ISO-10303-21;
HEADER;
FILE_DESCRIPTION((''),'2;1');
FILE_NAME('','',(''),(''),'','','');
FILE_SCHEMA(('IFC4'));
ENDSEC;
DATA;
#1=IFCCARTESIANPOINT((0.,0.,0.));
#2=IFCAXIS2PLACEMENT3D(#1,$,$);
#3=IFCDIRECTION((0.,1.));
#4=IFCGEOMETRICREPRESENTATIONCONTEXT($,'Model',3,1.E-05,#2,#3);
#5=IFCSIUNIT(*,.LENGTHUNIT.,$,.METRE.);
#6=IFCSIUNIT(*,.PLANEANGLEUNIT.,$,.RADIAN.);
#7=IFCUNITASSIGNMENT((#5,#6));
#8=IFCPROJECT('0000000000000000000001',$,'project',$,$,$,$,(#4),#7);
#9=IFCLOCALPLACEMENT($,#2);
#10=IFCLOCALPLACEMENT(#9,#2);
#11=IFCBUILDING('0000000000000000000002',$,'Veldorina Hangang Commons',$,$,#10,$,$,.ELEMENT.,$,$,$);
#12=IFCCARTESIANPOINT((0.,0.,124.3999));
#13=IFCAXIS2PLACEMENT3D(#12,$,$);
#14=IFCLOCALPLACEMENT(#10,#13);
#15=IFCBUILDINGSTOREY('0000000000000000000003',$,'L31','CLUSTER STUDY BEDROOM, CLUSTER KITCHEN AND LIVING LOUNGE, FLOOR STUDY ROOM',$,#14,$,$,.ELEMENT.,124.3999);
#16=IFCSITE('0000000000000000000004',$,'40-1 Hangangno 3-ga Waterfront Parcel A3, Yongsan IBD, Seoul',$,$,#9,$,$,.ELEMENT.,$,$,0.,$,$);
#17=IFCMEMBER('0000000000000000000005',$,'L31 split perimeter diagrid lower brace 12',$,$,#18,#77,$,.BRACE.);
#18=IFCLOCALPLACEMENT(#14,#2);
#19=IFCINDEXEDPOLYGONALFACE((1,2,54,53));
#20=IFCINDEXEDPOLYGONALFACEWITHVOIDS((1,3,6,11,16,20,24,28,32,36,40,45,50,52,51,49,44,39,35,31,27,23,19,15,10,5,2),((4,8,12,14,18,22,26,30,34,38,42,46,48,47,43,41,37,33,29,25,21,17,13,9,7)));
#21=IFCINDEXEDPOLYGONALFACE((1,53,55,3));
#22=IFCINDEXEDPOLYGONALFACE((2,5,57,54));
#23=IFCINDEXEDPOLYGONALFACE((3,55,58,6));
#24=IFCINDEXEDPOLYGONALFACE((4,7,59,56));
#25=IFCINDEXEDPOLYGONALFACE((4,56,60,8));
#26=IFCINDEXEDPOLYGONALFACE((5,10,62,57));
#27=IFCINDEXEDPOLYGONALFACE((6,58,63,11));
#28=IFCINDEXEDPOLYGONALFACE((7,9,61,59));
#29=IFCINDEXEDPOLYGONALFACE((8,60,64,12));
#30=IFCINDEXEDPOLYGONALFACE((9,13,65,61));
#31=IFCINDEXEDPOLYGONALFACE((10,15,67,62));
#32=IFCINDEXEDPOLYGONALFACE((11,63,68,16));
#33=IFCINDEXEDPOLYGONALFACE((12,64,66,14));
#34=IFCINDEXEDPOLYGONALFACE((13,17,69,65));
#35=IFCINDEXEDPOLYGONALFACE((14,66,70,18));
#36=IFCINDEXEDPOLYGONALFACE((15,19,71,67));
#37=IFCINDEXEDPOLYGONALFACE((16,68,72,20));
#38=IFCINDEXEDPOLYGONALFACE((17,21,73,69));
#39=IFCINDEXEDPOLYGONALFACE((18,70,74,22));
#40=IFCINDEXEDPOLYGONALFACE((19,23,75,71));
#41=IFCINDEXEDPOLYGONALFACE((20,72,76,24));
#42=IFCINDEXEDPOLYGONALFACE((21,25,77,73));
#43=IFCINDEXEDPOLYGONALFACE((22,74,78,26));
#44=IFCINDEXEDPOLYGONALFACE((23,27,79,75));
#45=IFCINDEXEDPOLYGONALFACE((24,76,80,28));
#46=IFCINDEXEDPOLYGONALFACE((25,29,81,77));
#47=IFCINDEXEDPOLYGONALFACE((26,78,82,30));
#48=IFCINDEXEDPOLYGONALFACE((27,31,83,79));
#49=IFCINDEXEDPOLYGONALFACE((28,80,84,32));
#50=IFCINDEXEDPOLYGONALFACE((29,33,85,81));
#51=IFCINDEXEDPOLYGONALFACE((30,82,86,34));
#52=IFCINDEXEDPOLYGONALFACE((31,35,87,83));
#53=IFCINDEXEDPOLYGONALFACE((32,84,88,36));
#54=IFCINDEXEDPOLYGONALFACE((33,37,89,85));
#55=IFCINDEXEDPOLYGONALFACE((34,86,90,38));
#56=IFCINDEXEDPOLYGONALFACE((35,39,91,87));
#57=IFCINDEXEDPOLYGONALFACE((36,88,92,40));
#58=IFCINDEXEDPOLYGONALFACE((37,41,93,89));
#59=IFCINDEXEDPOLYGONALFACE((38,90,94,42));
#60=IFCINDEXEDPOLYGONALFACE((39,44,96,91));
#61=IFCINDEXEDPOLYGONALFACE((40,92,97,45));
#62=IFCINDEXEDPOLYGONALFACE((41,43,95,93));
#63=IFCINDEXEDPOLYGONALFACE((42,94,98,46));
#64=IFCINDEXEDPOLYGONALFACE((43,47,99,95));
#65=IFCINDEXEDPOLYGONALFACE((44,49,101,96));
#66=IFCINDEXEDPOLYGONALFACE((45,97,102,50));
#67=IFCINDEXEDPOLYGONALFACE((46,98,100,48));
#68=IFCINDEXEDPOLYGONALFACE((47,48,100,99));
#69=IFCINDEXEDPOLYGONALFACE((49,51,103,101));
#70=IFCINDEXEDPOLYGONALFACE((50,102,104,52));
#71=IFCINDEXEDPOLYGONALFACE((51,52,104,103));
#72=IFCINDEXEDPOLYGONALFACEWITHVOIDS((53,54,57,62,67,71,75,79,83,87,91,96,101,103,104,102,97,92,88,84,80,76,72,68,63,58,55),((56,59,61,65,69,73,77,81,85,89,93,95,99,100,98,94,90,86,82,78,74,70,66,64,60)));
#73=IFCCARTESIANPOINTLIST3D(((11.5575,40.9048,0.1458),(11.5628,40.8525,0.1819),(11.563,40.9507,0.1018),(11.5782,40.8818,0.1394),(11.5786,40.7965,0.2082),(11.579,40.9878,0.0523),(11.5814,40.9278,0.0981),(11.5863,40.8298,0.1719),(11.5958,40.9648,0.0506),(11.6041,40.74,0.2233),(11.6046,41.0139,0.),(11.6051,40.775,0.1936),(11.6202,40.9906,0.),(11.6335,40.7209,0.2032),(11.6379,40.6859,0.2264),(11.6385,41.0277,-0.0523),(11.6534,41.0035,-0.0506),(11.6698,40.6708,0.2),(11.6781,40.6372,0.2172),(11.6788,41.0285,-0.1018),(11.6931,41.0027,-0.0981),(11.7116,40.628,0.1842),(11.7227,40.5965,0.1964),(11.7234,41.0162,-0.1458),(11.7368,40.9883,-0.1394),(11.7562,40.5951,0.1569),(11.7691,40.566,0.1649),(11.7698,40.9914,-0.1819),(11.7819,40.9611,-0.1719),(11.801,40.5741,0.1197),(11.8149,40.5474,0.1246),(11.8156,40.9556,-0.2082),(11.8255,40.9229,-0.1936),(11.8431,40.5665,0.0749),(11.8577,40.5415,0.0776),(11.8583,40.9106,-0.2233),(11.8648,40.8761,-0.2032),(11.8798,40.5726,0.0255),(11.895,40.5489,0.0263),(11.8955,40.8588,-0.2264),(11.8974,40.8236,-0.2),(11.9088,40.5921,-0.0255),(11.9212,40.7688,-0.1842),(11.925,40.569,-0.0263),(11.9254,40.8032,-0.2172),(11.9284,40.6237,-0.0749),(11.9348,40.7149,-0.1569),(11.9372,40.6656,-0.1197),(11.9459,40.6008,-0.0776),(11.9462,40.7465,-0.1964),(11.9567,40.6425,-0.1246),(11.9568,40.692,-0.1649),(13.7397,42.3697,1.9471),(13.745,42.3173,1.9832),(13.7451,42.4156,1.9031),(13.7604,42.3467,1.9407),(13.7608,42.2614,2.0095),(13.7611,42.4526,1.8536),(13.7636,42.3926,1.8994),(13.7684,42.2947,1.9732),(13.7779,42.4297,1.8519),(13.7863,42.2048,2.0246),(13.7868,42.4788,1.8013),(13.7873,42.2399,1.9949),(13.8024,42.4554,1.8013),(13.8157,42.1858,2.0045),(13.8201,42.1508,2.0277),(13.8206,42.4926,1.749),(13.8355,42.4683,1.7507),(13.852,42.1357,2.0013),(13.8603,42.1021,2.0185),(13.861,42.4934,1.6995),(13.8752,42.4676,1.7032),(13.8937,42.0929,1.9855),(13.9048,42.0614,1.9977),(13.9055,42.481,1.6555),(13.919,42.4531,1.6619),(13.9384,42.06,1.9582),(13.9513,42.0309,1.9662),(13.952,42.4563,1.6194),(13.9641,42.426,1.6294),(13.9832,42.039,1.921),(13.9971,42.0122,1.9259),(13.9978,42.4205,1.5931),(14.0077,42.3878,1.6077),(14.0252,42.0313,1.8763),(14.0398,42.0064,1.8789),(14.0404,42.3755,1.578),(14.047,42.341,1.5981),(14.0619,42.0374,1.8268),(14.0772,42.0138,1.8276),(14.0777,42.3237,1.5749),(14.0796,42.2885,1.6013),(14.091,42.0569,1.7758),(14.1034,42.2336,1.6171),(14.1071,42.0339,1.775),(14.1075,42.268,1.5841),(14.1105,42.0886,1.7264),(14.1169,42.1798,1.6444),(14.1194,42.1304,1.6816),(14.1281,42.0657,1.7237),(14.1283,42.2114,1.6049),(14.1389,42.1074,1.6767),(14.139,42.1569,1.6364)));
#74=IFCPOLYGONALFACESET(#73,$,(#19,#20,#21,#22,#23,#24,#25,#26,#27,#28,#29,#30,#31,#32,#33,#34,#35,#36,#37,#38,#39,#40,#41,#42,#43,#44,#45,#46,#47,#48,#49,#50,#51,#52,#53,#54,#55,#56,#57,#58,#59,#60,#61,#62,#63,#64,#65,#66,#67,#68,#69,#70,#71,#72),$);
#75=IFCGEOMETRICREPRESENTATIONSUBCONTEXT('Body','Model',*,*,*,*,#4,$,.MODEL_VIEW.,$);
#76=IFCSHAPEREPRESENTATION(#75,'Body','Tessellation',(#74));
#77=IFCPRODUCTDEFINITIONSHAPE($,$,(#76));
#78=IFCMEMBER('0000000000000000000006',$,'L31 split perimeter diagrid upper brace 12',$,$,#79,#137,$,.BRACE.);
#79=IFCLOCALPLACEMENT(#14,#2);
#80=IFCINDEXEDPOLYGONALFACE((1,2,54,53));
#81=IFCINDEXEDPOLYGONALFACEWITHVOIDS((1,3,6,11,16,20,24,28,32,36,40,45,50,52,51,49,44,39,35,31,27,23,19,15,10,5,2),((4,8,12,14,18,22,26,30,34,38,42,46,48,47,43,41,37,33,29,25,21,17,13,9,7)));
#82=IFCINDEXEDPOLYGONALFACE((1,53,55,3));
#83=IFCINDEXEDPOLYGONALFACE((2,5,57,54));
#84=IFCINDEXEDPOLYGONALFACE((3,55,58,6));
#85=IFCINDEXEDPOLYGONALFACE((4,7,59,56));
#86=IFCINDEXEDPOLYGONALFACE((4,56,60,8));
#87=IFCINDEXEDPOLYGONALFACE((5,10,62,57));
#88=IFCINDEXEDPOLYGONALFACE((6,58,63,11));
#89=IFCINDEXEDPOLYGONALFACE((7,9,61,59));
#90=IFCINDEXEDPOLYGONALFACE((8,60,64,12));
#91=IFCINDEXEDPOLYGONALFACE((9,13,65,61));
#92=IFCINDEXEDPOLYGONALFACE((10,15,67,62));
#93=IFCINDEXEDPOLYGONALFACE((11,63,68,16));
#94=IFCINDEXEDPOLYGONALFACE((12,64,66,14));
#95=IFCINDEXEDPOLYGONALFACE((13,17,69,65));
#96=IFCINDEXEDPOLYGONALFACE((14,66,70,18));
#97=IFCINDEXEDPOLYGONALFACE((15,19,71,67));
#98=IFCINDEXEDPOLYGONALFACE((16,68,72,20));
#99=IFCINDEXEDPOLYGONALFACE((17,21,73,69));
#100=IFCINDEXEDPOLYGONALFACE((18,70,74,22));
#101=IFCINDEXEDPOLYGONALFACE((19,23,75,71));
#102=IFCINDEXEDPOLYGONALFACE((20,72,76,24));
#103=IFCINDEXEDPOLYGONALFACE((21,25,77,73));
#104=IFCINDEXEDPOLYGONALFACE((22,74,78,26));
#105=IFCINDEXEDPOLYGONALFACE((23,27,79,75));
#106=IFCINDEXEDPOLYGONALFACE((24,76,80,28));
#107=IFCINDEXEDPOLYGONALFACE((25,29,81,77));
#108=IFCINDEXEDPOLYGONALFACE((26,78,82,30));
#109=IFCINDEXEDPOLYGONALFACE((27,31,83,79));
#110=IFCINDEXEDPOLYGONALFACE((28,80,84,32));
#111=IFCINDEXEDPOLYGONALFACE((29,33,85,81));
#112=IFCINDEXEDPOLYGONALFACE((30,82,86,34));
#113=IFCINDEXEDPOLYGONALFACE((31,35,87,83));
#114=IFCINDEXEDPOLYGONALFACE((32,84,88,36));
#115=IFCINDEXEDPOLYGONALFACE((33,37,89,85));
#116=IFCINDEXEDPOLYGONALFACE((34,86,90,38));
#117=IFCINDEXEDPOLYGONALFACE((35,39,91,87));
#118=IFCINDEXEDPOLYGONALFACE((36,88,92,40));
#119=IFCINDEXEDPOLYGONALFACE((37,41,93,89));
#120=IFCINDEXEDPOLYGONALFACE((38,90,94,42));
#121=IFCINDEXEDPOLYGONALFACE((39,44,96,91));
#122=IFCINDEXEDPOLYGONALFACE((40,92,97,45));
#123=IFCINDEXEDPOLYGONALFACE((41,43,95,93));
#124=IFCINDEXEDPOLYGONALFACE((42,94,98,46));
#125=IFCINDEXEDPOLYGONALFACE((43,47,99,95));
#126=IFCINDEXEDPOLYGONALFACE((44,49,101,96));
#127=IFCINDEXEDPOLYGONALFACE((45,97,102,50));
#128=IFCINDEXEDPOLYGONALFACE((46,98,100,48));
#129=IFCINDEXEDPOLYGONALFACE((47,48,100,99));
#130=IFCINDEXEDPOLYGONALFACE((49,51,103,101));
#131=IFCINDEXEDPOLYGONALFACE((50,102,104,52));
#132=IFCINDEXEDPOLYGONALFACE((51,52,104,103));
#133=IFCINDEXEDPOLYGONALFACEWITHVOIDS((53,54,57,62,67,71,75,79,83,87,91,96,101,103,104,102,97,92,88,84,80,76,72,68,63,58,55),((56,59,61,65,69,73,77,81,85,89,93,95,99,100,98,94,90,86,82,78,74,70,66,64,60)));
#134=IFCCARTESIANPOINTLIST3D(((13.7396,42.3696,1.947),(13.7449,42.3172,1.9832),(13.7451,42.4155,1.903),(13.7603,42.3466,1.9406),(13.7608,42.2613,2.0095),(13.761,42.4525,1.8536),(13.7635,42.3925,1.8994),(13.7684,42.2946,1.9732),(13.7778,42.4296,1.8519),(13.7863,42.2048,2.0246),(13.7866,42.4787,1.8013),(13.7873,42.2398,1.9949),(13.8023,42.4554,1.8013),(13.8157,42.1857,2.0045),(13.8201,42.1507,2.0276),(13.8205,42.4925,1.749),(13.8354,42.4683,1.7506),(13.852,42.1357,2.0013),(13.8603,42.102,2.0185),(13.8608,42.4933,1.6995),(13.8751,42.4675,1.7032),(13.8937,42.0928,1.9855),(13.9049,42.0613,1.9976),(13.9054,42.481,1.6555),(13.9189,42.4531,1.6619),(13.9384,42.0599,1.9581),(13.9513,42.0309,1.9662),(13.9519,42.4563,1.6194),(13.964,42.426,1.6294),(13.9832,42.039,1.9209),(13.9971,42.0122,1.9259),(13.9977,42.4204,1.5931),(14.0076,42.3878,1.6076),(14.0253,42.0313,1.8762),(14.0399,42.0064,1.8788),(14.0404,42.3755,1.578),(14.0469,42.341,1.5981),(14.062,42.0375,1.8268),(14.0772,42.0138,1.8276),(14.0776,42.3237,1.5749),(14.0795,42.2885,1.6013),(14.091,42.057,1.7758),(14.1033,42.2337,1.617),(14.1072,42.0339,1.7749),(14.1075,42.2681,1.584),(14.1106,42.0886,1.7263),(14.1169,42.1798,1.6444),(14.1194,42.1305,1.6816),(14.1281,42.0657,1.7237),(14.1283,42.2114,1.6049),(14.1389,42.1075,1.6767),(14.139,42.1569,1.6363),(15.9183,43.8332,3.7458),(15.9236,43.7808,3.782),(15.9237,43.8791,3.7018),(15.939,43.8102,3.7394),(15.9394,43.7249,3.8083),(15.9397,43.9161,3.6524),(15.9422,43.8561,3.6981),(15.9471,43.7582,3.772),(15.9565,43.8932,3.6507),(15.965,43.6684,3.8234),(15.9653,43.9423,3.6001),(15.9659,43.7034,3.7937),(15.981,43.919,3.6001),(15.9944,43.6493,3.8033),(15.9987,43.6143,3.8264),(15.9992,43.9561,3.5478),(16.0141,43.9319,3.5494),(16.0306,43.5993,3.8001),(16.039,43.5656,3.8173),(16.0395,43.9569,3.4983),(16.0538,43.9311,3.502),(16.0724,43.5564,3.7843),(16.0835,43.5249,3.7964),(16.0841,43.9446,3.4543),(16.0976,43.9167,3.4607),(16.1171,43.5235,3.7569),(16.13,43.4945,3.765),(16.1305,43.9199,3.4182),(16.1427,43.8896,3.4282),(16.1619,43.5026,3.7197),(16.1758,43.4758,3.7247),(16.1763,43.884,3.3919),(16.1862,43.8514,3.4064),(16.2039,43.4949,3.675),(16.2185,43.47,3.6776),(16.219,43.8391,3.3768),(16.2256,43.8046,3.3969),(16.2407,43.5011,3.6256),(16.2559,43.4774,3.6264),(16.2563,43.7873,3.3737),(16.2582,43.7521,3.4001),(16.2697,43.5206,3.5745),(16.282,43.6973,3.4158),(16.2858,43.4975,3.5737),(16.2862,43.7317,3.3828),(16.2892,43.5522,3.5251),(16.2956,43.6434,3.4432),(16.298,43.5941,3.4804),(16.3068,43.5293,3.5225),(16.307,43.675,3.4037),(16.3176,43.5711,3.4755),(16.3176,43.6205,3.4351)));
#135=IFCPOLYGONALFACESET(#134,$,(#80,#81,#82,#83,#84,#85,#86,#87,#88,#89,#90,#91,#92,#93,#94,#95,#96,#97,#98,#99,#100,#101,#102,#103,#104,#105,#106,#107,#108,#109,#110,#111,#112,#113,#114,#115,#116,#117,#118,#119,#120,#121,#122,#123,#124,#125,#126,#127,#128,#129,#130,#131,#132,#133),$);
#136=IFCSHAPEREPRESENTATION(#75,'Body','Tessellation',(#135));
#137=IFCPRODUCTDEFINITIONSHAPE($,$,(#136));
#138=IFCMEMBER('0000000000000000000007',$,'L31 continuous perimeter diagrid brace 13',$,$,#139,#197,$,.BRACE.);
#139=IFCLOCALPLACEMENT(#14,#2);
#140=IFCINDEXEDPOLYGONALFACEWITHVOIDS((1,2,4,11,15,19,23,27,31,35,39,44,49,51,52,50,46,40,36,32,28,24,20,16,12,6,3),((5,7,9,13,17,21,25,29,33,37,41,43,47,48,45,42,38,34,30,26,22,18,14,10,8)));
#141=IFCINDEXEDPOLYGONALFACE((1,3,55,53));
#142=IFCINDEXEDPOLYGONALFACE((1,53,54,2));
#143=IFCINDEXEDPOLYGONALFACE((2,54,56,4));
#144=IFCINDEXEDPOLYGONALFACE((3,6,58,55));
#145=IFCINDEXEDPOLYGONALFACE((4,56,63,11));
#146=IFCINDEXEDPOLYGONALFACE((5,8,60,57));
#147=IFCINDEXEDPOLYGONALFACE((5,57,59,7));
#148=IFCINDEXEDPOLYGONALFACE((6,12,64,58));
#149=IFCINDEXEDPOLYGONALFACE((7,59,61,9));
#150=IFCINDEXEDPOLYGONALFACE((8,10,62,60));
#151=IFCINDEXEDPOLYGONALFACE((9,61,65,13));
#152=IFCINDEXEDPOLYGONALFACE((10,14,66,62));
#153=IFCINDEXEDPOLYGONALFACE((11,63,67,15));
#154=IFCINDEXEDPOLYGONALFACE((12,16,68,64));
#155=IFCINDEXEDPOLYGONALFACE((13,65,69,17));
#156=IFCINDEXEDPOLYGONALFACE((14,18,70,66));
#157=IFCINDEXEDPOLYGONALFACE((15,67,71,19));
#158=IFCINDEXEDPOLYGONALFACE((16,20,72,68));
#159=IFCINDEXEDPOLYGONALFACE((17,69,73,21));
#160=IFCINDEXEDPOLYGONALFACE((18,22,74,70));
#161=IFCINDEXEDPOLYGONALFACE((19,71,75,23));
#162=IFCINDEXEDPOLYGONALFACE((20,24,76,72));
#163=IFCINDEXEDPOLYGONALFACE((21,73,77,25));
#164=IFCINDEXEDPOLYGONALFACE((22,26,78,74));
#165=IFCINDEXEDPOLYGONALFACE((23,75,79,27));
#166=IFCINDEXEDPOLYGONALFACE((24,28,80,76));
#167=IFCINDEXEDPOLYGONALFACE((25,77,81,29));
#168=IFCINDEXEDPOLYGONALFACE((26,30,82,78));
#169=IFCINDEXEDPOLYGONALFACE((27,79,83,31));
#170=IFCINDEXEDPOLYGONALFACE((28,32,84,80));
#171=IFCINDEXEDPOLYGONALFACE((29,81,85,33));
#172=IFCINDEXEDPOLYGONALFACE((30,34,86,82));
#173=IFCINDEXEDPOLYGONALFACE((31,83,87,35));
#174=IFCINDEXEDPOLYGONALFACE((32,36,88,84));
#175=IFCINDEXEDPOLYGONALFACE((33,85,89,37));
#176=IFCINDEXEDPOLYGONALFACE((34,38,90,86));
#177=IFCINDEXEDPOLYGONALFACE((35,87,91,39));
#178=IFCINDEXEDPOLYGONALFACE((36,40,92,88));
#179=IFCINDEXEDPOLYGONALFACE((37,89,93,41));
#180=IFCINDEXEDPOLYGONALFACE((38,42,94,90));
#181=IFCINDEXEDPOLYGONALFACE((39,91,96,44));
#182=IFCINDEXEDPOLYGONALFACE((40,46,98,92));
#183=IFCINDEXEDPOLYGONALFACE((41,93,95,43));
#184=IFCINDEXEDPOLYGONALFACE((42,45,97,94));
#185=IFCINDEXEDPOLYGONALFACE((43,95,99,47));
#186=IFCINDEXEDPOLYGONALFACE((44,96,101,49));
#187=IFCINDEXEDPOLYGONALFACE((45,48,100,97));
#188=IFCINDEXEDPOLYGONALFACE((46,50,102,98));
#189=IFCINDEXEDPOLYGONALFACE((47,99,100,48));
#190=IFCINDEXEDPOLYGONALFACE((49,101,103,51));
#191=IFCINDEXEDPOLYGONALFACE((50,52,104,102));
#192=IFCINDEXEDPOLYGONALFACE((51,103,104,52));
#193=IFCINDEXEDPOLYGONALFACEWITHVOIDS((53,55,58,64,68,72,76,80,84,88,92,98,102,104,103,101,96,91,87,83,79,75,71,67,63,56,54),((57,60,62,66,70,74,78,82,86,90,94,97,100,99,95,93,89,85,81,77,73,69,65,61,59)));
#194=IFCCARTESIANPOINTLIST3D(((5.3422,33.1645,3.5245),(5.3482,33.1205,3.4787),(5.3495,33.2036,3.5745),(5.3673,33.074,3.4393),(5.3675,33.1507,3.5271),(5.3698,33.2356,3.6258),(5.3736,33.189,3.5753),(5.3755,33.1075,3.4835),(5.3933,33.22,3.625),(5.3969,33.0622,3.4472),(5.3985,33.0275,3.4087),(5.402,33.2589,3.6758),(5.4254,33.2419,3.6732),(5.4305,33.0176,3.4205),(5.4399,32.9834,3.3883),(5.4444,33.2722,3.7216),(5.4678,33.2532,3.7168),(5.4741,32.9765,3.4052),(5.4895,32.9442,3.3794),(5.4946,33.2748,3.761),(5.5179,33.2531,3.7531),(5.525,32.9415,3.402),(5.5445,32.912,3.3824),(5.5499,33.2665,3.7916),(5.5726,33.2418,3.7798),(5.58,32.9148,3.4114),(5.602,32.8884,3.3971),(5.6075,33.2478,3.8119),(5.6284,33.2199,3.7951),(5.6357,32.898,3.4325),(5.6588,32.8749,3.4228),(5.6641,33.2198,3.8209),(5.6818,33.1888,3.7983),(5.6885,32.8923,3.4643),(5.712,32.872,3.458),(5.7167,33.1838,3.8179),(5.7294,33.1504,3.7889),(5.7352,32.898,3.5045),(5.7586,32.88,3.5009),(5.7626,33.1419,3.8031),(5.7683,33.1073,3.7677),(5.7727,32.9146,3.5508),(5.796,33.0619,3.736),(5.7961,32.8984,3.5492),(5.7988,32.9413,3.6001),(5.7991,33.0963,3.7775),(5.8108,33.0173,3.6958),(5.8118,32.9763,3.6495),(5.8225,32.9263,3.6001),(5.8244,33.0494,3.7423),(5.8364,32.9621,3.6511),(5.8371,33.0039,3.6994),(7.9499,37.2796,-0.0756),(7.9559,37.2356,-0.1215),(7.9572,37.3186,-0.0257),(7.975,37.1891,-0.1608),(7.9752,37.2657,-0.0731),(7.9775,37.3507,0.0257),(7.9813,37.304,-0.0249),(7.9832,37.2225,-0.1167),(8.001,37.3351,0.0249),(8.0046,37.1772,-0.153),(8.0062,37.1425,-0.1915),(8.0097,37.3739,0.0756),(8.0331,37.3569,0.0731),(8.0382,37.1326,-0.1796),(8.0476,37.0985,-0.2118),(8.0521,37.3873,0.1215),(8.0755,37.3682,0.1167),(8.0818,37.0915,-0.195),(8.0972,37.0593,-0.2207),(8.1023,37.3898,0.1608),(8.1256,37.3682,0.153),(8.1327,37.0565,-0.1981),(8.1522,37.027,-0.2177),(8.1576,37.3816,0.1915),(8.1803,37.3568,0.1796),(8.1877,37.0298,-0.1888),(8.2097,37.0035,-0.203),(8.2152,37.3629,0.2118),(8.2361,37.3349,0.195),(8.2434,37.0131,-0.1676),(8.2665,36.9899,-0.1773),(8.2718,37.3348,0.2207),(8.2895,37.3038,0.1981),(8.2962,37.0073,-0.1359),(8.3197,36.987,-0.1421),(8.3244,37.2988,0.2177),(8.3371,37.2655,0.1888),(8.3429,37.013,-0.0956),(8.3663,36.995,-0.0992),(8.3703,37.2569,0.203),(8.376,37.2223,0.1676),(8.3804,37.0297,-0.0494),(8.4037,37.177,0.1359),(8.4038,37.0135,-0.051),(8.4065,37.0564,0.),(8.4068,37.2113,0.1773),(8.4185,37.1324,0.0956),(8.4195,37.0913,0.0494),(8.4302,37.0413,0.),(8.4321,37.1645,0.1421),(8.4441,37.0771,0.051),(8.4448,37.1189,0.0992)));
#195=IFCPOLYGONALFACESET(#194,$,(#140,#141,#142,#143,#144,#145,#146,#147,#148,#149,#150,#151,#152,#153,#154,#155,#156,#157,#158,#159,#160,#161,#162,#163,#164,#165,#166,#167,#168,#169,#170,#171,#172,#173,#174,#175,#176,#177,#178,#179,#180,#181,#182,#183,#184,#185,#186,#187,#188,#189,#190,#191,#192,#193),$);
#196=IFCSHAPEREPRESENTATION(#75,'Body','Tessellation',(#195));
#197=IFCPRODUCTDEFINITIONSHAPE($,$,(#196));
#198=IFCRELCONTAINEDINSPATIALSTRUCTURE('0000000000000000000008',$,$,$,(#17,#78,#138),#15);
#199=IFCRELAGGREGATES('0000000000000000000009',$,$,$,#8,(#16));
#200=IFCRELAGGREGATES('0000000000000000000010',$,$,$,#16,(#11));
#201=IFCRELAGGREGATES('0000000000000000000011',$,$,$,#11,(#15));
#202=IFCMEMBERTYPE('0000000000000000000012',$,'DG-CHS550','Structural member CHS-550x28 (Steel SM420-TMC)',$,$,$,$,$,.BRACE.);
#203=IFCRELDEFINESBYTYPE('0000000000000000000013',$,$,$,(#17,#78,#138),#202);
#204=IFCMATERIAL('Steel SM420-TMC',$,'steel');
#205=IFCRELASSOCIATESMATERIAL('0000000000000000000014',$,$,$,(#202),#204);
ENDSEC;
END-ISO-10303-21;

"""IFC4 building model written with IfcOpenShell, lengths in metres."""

from ifc_helpers import new_model, si_unit, direction, frame, origin, origin_2d, place, context, subcontext, project, spatial, hollow_circle, extrude, material, material_profile, profile_set, type_object, element, save


model = new_model("IFC4")

# Units and contexts
model_context = context("Model", 3, precision=1e-05, world=origin(), true_north=direction((0.0, 1.0)))
body_context = subcontext(model_context, "Body", "Model", "MODEL_VIEW")
ifc_project = project(units=[si_unit("LENGTHUNIT", "METRE"), si_unit("PLANEANGLEUNIT", "RADIAN")], contexts=[model_context])

# Site, building, storey
site_placement = place(None, origin())
site = spatial("IfcSite", under=ifc_project, at=site_placement, Name="40-1 Hangangno 3-ga Waterfront Parcel A3, Yongsan IBD, Seoul", CompositionType="ELEMENT", RefElevation=0.0)
building_placement = place(site_placement, origin())
building = spatial("IfcBuilding", under=site, at=building_placement, Name="Veldorina Hangang Commons", CompositionType="ELEMENT")
storey_placement = place(building_placement, frame((0.0, 0.0, 124.3999)))
storey = spatial("IfcBuildingStorey", under=building, at=storey_placement, Name="L31", Description="CLUSTER STUDY BEDROOM, CLUSTER KITCHEN AND LIVING LOUNGE, FLOOR STUDY ROOM", CompositionType="ELEMENT", Elevation=124.3999)

# Shared definitions
ifc_material_1 = material(Name="Steel SM420-TMC", Category="steel")

# Members
ifc_material_profile_1 = material_profile(ifc_material_1, hollow_circle(Radius=0.2749, WallThickness=0.0281, at=origin_2d()), Name="CHS-550x28")
ifc_profile_set_1 = profile_set([ifc_material_profile_1], Name="Steel SM420-TMC")
member_type = type_object("IfcMemberType", Name="DG-CHS550", Description="Structural member CHS-550x28 (Steel SM420-TMC)", PredefinedType="BRACE", material=ifc_profile_set_1)
member_1_placement = place(storey_placement, frame((11.7578, 40.7856, 0.0), z_axis=(0.684864, 0.459743, 0.56533), x_axis=(-0.557356, 0.830274, 0.0)))
element("IfcMember", 1, at=member_1_placement, inside=storey, type_object=member_type, Name="L31 split perimeter diagrid lower brace 12", PredefinedType="BRACE", context=body_context, shape_type="SweptSolid", body=[
    extrude(hollow_circle(Radius=0.2749, WallThickness=0.0281, at=origin_2d()), origin(), (0.0, 0.0, 1.0), 3.1863),
])
member_2_placement = place(storey_placement, frame((13.9399, 42.2505, 1.8013), z_axis=(0.684711, 0.459978, 0.565324), x_axis=(-0.557638, 0.830085, 0.0)))
element("IfcMember", 2, at=member_2_placement, inside=storey, type_object=member_type, Name="L31 split perimeter diagrid upper brace 12", PredefinedType="BRACE", context=body_context, shape_type="SweptSolid", body=[
    extrude(hollow_circle(Radius=0.2749, WallThickness=0.0281, at=origin_2d()), origin(), (0.0, 0.0, 1.0), 3.1819),
])
member_3_placement = place(storey_placement, frame((8.198, 37.1885, 0.0), z_axis=(-0.430483, -0.679317, 0.594317), x_axis=(0.844679, -0.535273, 0.0)))
element("IfcMember", 3, at=member_3_placement, inside=storey, type_object=member_type, Name="L31 continuous perimeter diagrid brace 13", PredefinedType="BRACE", context=body_context, shape_type="SweptSolid", body=[
    extrude(hollow_circle(Radius=0.2749, WallThickness=0.0281, at=origin_2d()), origin(), (0.0, 0.0, 1.0), 6.0576),
])

save(model, "model.ifc")
